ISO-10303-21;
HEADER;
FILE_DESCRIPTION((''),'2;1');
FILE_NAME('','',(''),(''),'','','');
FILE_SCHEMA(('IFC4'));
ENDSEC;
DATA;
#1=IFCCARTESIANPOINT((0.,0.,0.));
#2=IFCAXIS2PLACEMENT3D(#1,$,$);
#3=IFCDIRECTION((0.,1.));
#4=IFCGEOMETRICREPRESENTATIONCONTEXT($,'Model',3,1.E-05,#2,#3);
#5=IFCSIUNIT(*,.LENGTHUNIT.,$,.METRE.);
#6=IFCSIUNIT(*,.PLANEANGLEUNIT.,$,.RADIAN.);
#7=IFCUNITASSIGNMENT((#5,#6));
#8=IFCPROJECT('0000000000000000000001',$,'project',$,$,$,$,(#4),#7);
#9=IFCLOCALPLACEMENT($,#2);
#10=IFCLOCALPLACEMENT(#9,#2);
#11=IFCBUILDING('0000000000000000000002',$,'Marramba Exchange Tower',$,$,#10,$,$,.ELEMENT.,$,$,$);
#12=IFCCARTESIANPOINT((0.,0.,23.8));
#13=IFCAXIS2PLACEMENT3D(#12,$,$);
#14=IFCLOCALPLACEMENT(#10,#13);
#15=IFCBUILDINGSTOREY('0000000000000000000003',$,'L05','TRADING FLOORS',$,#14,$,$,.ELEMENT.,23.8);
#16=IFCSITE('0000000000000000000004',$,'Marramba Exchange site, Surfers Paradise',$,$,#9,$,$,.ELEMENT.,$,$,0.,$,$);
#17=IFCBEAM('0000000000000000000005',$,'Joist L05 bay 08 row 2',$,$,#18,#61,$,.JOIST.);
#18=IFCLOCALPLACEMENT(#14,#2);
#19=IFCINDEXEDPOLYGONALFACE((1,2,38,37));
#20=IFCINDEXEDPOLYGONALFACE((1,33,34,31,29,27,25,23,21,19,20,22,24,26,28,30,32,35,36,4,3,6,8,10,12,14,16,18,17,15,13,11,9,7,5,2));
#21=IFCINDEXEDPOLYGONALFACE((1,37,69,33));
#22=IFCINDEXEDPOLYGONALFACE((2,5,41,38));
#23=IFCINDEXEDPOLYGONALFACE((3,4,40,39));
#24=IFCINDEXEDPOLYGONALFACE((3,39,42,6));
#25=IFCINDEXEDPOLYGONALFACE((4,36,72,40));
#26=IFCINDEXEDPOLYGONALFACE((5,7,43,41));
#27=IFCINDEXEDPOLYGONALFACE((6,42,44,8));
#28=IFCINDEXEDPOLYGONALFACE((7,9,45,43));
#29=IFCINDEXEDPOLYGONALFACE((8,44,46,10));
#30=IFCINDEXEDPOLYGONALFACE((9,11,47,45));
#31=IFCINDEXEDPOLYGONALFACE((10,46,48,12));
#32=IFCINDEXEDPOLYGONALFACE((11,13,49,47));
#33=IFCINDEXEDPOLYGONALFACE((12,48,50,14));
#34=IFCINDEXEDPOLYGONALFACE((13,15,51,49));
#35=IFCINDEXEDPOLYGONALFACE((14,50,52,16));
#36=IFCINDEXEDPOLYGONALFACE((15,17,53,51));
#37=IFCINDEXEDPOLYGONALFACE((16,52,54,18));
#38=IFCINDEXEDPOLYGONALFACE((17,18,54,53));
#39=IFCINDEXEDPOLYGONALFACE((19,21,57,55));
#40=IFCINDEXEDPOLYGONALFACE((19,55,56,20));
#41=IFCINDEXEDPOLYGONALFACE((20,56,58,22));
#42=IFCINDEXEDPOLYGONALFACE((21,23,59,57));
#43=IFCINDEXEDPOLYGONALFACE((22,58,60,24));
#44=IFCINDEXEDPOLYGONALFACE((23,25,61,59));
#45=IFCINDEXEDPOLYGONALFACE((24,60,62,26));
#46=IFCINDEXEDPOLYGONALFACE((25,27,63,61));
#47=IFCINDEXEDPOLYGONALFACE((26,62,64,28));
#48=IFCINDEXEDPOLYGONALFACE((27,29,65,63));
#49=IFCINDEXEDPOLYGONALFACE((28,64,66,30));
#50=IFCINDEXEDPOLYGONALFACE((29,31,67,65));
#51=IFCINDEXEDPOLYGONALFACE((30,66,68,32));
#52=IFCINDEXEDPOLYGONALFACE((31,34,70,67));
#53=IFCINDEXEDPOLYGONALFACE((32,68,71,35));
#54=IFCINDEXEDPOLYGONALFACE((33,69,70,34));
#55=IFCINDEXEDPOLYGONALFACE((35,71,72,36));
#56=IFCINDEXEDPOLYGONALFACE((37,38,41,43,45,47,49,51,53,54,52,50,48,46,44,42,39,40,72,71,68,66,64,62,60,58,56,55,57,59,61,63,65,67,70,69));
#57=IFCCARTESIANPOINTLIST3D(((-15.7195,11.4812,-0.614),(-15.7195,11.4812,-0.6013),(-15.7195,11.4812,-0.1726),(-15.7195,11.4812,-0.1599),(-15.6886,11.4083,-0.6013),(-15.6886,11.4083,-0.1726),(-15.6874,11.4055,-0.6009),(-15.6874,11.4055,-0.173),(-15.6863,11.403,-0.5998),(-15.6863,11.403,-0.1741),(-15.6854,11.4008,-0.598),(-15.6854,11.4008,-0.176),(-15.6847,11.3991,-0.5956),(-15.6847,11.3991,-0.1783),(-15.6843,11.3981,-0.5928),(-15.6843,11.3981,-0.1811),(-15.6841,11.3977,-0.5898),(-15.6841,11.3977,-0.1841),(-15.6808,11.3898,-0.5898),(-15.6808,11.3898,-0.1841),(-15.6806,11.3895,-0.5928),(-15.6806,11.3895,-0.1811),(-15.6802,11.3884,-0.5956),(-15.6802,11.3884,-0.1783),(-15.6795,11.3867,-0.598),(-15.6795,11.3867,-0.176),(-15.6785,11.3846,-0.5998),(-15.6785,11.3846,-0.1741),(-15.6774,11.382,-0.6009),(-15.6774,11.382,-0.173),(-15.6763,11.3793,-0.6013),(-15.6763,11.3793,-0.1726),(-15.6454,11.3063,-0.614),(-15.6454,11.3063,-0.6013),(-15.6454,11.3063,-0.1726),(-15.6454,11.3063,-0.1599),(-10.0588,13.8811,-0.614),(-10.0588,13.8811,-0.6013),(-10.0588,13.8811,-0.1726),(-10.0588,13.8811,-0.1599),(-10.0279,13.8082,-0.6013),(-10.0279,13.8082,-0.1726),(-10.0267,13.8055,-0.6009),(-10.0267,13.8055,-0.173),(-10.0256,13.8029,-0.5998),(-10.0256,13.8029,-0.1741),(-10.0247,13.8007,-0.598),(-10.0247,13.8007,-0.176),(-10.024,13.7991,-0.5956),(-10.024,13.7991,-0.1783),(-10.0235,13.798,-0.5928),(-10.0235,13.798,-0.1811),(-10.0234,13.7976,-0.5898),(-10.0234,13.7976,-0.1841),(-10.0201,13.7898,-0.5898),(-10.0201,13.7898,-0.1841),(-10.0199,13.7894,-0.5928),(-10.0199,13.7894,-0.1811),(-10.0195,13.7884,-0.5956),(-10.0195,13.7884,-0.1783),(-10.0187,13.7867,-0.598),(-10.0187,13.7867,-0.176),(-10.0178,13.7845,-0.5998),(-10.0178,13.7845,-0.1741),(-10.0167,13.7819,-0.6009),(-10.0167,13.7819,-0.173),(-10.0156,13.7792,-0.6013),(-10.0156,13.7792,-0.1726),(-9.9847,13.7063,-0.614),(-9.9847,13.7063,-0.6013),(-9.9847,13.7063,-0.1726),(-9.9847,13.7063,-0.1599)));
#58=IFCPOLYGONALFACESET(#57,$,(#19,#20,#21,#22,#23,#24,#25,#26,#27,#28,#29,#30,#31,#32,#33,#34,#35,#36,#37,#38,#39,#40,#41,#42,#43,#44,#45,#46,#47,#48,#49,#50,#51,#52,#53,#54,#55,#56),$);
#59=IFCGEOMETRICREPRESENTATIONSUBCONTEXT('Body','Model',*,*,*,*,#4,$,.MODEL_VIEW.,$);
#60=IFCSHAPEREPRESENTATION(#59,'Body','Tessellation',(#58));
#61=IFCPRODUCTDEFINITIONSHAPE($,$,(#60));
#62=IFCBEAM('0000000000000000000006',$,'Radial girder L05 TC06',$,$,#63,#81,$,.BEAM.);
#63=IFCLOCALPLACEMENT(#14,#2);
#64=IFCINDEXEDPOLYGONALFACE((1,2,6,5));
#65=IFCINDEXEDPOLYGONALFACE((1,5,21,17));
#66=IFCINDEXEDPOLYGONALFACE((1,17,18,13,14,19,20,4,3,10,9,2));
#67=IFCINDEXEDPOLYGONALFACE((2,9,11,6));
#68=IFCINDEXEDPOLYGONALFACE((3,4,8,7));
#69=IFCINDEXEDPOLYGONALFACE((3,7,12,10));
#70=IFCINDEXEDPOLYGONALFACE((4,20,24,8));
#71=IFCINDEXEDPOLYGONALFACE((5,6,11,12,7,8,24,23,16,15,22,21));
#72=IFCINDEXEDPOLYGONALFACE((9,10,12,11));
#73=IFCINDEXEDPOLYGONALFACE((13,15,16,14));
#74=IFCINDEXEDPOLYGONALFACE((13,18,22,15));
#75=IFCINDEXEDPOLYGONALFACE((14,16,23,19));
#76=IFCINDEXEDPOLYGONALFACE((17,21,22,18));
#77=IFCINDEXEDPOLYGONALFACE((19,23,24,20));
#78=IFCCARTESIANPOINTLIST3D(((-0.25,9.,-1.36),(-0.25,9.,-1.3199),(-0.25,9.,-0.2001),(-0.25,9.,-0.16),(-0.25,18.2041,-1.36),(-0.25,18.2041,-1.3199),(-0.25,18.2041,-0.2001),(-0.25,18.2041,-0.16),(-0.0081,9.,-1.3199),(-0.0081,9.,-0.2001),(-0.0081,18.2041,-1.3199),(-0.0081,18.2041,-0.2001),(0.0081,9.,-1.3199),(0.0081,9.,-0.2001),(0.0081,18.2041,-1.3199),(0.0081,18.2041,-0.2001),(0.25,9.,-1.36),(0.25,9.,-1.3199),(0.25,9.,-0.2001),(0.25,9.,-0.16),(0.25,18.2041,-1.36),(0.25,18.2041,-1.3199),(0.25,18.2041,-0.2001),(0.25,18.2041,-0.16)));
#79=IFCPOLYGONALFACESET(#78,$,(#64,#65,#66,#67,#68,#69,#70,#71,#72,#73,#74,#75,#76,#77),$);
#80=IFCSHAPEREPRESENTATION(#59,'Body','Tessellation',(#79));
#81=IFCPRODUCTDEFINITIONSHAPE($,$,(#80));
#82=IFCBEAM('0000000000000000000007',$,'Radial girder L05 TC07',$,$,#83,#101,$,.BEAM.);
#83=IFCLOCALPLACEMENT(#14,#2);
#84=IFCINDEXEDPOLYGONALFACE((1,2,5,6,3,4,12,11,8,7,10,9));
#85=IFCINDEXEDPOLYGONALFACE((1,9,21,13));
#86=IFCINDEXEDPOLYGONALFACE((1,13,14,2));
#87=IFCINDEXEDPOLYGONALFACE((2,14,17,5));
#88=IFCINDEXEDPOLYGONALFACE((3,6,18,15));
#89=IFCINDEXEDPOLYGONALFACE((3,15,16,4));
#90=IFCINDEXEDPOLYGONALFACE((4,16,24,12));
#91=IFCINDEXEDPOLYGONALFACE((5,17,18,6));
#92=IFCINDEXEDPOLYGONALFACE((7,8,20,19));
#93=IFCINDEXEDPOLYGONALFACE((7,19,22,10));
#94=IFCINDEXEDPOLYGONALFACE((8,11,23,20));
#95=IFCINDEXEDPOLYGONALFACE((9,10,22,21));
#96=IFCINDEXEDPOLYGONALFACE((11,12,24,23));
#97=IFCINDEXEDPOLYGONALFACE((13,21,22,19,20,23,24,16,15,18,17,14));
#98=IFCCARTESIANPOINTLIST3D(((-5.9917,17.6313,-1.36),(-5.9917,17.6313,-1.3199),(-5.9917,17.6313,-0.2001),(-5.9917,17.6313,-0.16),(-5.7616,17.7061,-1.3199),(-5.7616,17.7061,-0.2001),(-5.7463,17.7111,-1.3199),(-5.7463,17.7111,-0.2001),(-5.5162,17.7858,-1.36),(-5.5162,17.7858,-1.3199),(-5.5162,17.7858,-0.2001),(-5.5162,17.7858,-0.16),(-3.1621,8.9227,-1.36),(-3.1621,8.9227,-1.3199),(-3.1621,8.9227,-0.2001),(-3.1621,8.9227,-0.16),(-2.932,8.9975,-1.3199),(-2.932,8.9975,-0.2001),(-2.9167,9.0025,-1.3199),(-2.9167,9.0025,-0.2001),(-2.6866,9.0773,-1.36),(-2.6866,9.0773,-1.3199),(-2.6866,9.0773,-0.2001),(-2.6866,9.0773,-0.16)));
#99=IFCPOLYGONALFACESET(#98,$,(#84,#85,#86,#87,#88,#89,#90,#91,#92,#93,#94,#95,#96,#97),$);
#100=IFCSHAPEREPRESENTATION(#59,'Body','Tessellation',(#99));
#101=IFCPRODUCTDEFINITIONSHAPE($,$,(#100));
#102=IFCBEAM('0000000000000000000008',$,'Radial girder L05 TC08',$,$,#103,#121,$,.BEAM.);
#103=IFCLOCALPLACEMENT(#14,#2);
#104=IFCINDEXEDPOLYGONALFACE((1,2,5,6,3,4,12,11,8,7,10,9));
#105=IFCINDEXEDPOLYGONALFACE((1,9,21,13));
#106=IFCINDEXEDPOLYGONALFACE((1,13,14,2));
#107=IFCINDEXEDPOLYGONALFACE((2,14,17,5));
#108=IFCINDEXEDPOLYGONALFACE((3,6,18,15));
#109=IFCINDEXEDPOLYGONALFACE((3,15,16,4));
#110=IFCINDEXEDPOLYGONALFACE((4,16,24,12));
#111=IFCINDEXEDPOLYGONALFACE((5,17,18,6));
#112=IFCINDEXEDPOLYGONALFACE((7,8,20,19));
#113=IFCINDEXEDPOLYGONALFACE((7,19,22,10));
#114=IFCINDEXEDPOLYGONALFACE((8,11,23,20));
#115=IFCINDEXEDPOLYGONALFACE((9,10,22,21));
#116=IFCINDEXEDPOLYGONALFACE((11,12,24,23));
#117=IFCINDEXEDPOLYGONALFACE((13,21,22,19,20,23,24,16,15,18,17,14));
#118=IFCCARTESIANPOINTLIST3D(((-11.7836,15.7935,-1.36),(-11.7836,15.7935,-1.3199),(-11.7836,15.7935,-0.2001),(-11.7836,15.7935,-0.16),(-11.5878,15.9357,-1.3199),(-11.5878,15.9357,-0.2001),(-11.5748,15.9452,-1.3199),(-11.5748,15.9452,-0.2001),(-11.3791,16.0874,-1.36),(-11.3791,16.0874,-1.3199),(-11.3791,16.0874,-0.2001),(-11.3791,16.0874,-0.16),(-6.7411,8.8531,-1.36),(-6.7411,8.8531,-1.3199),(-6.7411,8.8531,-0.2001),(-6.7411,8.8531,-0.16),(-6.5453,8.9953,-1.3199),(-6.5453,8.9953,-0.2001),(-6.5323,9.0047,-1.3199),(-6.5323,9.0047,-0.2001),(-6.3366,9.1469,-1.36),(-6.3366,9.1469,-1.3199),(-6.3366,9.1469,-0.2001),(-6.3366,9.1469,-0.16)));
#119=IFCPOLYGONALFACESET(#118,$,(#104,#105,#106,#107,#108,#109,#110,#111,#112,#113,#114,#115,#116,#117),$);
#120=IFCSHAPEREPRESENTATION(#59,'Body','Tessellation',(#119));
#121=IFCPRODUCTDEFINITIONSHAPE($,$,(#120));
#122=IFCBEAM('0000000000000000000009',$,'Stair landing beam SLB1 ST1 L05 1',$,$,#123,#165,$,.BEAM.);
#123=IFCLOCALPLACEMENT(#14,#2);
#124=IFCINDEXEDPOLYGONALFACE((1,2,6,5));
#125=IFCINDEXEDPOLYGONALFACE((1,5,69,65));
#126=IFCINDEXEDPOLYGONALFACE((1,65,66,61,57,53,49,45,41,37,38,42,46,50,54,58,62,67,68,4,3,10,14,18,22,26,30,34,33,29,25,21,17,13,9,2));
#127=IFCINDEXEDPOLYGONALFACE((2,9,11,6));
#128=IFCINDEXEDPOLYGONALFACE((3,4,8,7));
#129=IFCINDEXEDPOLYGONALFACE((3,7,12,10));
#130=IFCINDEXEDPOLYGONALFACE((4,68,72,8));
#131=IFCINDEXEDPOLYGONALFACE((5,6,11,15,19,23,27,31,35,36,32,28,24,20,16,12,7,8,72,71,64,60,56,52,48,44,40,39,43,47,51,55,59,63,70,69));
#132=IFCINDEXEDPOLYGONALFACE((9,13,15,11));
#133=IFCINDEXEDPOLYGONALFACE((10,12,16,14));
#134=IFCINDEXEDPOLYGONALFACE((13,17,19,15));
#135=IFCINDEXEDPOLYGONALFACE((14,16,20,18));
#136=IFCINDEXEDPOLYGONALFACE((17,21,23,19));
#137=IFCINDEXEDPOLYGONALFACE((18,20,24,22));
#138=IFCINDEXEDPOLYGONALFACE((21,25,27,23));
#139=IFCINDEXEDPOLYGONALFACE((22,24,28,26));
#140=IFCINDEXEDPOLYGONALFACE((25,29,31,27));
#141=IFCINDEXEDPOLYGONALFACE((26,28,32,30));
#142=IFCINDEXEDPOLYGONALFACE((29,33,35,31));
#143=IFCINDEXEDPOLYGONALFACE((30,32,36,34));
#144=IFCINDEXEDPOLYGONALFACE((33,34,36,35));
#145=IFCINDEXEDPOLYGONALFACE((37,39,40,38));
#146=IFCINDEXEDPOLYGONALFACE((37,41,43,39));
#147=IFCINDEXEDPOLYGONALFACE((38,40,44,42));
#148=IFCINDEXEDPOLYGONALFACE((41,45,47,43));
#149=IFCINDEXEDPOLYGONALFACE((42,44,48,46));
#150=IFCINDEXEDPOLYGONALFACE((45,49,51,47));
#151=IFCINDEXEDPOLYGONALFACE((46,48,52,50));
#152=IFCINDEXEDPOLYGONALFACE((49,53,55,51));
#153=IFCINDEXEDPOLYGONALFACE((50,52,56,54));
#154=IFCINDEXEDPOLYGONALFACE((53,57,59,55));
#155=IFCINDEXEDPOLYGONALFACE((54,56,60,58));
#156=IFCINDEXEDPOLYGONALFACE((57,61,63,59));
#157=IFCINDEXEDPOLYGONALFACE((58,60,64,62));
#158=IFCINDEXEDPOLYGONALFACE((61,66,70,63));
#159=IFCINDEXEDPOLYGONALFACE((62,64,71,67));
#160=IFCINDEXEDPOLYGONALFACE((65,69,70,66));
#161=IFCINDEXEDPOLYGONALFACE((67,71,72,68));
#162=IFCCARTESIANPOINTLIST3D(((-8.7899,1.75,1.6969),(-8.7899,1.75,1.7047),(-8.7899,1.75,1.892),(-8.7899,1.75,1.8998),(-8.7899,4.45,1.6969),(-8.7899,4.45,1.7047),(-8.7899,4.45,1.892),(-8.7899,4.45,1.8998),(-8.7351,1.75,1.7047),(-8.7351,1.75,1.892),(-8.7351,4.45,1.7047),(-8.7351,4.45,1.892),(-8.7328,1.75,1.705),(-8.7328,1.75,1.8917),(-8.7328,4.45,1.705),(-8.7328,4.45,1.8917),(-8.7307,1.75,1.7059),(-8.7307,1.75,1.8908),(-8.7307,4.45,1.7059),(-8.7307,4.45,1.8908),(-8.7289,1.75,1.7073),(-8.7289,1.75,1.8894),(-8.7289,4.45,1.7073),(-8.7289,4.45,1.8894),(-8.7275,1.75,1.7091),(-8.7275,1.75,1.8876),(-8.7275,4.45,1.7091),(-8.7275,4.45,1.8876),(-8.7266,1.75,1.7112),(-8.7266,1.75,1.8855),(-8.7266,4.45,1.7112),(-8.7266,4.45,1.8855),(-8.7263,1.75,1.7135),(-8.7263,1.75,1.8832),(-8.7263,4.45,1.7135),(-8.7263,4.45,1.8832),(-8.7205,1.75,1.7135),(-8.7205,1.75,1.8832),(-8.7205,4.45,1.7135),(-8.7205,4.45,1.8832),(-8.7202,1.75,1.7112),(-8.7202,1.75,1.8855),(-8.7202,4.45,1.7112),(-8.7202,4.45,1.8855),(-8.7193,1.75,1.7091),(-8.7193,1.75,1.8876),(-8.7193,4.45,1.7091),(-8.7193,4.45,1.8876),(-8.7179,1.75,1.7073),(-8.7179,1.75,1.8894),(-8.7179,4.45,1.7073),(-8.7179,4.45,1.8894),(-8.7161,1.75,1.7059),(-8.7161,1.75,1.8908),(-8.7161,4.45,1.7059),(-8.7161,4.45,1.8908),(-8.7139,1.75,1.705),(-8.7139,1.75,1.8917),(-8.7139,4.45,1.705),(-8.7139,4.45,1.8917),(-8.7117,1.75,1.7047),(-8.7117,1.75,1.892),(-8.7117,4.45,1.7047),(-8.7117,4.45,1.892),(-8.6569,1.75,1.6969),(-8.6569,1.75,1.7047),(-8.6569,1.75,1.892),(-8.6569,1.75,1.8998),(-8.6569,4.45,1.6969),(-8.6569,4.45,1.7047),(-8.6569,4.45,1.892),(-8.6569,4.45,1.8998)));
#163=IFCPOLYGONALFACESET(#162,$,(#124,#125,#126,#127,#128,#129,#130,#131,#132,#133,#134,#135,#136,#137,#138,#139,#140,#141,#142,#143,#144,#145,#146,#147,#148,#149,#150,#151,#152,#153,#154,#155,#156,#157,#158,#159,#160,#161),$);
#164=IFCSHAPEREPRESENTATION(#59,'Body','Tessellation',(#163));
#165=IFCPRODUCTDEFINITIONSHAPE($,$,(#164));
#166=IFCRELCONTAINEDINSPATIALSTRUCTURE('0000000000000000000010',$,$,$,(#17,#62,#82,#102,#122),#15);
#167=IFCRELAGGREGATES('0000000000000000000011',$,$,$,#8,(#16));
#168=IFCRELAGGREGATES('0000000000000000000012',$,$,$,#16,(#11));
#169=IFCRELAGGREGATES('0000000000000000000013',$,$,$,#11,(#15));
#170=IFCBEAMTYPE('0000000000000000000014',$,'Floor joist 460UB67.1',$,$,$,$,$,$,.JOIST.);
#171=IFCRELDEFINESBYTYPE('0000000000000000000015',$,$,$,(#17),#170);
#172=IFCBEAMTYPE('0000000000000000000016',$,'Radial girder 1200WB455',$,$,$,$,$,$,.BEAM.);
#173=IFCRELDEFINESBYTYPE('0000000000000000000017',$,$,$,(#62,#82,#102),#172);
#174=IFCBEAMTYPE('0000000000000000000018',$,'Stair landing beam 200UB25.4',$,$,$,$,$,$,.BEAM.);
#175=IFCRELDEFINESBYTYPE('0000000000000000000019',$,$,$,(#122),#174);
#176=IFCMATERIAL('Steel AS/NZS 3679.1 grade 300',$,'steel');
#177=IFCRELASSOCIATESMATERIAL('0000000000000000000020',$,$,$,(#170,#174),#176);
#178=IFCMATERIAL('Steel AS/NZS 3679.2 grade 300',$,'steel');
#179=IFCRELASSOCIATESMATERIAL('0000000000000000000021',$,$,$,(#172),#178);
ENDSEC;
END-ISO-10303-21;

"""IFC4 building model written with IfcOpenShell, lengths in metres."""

from ifc_helpers import new_model, si_unit, direction, frame, origin, origin_2d, place, context, subcontext, project, spatial, i_section, extrude, material, material_profile, profile_set, type_object, element, save


model = new_model("IFC4")

# Units and contexts
model_context = context("Model", 3, precision=1e-05, world=origin(), true_north=direction((0.0, 1.0)))
body_context = subcontext(model_context, "Body", "Model", "MODEL_VIEW")
ifc_project = project(units=[si_unit("LENGTHUNIT", "METRE"), si_unit("PLANEANGLEUNIT", "RADIAN")], contexts=[model_context])

# Site, building, storey
site_placement = place(None, origin())
site = spatial("IfcSite", under=ifc_project, at=site_placement, Name="Marramba Exchange site, Surfers Paradise", CompositionType="ELEMENT", RefElevation=0.0)
building_placement = place(site_placement, origin())
building = spatial("IfcBuilding", under=site, at=building_placement, Name="Marramba Exchange Tower", CompositionType="ELEMENT")
storey_placement = place(building_placement, frame((0.0, 0.0, 23.8)))
storey = spatial("IfcBuildingStorey", under=building, at=storey_placement, Name="L05", Description="TRADING FLOORS", CompositionType="ELEMENT", Elevation=23.8)

# Beams
ifc_material_1 = material(Name="Steel AS/NZS 3679.1 grade 300", Category="steel")
ifc_material_profile_1 = material_profile(ifc_material_1, i_section(OverallWidth=0.1899, OverallDepth=0.4541, WebThickness=0.0085, FlangeThickness=0.0127, FilletRadius=0.0115, at=origin_2d()), Name="460UB67.1")
ifc_profile_set_1 = profile_set([ifc_material_profile_1], Name="Steel AS/NZS 3679.1 grade 300")
beam_type_1 = type_object("IfcBeamType", Name="Floor joist 460UB67.1", PredefinedType="JOIST", material=ifc_profile_set_1)
beam_1_placement = place(storey_placement, frame((-10.0217, 13.7937, -0.387), z_axis=(-0.920674, -0.390332, 0.0), x_axis=(0.390332, -0.920674, 0.0)))
element("IfcBeam", 1, at=beam_1_placement, inside=storey, type_object=beam_type_1, Name="Joist L05 bay 08 row 2", PredefinedType="JOIST", context=body_context, shape_type="SweptSolid", body=[
    extrude(i_section(OverallWidth=0.1899, OverallDepth=0.4541, WebThickness=0.0085, FlangeThickness=0.0127, FilletRadius=0.0115, at=origin_2d()), origin(), (0.0, 0.0, 1.0), 6.1484),
])
ifc_material_2 = material(Name="Steel AS/NZS 3679.2 grade 300", Category="steel")
ifc_material_profile_2 = material_profile(ifc_material_2, i_section(OverallWidth=0.5, OverallDepth=1.2, WebThickness=0.0161, FlangeThickness=0.04, at=origin_2d()), Name="1200WB455")
ifc_profile_set_2 = profile_set([ifc_material_profile_2], Name="Steel AS/NZS 3679.2 grade 300")
beam_type_2 = type_object("IfcBeamType", Name="Radial girder 1200WB455", PredefinedType="BEAM", material=ifc_profile_set_2)
beam_2_placement = place(storey_placement, frame((0.0, 9.0, -0.76), z_axis=(0.0, 1.0, 0.0), x_axis=(-1.0, 0.0, 0.0)))
element("IfcBeam", 2, at=beam_2_placement, inside=storey, type_object=beam_type_2, Name="Radial girder L05 TC06", PredefinedType="BEAM", context=body_context, shape_type="SweptSolid", body=[
    extrude(i_section(OverallWidth=0.5, OverallDepth=1.2, WebThickness=0.0161, FlangeThickness=0.04, at=origin_2d()), origin(), (0.0, 0.0, 1.0), 9.2041),
])
beam_3_placement = place(storey_placement, frame((-2.9243, 9.0, -0.76), z_axis=(-0.30902, 0.951056, 0.0), x_axis=(-0.951056, -0.30902, 0.0)))
element("IfcBeam", 3, at=beam_3_placement, inside=storey, type_object=beam_type_2, Name="Radial girder L05 TC07", PredefinedType="BEAM", context=body_context, shape_type="SweptSolid", body=[
    extrude(i_section(OverallWidth=0.5, OverallDepth=1.2, WebThickness=0.0161, FlangeThickness=0.04, at=origin_2d()), origin(), (0.0, 0.0, 1.0), 9.1567),
])
beam_4_placement = place(storey_placement, frame((-6.5388, 9.0, -0.76), z_axis=(-0.587782, 0.809019, 0.0), x_axis=(-0.809019, -0.587782, 0.0)))
element("IfcBeam", 4, at=beam_4_placement, inside=storey, type_object=beam_type_2, Name="Radial girder L05 TC08", PredefinedType="BEAM", context=body_context, shape_type="SweptSolid", body=[
    extrude(i_section(OverallWidth=0.5, OverallDepth=1.2, WebThickness=0.0161, FlangeThickness=0.04, at=origin_2d()), origin(), (0.0, 0.0, 1.0), 8.5789),
])
ifc_material_profile_3 = material_profile(ifc_material_1, i_section(OverallWidth=0.1331, OverallDepth=0.2029, WebThickness=0.0059, FlangeThickness=0.0078, FilletRadius=0.0088, at=origin_2d()), Name="200UB25.4")
ifc_profile_set_3 = profile_set([ifc_material_profile_3], Name="Steel AS/NZS 3679.1 grade 300")
beam_type_3 = type_object("IfcBeamType", Name="Stair landing beam 200UB25.4", PredefinedType="BEAM", material=ifc_profile_set_3)
for number, where, z_axis, x_axis, name in (
    (5, (-8.7234, 1.75, 1.7983), (0.0, 1.0, 0.0), (-1.0, 0.0, 0.0), "Stair landing beam SLB1 ST1 L05 1"),
):
    element("IfcBeam", number, at=place(storey_placement, frame(where, z_axis=z_axis, x_axis=x_axis)), inside=storey, type_object=beam_type_3, Name=name, PredefinedType="BEAM", context=body_context, shape_type="SweptSolid", body=[
        extrude(i_section(OverallWidth=0.1331, OverallDepth=0.2029, WebThickness=0.0059, FlangeThickness=0.0078, FilletRadius=0.0088, at=origin_2d()), origin(), (0.0, 0.0, 1.0), 2.7),
    ])

save(model, "model.ifc")
